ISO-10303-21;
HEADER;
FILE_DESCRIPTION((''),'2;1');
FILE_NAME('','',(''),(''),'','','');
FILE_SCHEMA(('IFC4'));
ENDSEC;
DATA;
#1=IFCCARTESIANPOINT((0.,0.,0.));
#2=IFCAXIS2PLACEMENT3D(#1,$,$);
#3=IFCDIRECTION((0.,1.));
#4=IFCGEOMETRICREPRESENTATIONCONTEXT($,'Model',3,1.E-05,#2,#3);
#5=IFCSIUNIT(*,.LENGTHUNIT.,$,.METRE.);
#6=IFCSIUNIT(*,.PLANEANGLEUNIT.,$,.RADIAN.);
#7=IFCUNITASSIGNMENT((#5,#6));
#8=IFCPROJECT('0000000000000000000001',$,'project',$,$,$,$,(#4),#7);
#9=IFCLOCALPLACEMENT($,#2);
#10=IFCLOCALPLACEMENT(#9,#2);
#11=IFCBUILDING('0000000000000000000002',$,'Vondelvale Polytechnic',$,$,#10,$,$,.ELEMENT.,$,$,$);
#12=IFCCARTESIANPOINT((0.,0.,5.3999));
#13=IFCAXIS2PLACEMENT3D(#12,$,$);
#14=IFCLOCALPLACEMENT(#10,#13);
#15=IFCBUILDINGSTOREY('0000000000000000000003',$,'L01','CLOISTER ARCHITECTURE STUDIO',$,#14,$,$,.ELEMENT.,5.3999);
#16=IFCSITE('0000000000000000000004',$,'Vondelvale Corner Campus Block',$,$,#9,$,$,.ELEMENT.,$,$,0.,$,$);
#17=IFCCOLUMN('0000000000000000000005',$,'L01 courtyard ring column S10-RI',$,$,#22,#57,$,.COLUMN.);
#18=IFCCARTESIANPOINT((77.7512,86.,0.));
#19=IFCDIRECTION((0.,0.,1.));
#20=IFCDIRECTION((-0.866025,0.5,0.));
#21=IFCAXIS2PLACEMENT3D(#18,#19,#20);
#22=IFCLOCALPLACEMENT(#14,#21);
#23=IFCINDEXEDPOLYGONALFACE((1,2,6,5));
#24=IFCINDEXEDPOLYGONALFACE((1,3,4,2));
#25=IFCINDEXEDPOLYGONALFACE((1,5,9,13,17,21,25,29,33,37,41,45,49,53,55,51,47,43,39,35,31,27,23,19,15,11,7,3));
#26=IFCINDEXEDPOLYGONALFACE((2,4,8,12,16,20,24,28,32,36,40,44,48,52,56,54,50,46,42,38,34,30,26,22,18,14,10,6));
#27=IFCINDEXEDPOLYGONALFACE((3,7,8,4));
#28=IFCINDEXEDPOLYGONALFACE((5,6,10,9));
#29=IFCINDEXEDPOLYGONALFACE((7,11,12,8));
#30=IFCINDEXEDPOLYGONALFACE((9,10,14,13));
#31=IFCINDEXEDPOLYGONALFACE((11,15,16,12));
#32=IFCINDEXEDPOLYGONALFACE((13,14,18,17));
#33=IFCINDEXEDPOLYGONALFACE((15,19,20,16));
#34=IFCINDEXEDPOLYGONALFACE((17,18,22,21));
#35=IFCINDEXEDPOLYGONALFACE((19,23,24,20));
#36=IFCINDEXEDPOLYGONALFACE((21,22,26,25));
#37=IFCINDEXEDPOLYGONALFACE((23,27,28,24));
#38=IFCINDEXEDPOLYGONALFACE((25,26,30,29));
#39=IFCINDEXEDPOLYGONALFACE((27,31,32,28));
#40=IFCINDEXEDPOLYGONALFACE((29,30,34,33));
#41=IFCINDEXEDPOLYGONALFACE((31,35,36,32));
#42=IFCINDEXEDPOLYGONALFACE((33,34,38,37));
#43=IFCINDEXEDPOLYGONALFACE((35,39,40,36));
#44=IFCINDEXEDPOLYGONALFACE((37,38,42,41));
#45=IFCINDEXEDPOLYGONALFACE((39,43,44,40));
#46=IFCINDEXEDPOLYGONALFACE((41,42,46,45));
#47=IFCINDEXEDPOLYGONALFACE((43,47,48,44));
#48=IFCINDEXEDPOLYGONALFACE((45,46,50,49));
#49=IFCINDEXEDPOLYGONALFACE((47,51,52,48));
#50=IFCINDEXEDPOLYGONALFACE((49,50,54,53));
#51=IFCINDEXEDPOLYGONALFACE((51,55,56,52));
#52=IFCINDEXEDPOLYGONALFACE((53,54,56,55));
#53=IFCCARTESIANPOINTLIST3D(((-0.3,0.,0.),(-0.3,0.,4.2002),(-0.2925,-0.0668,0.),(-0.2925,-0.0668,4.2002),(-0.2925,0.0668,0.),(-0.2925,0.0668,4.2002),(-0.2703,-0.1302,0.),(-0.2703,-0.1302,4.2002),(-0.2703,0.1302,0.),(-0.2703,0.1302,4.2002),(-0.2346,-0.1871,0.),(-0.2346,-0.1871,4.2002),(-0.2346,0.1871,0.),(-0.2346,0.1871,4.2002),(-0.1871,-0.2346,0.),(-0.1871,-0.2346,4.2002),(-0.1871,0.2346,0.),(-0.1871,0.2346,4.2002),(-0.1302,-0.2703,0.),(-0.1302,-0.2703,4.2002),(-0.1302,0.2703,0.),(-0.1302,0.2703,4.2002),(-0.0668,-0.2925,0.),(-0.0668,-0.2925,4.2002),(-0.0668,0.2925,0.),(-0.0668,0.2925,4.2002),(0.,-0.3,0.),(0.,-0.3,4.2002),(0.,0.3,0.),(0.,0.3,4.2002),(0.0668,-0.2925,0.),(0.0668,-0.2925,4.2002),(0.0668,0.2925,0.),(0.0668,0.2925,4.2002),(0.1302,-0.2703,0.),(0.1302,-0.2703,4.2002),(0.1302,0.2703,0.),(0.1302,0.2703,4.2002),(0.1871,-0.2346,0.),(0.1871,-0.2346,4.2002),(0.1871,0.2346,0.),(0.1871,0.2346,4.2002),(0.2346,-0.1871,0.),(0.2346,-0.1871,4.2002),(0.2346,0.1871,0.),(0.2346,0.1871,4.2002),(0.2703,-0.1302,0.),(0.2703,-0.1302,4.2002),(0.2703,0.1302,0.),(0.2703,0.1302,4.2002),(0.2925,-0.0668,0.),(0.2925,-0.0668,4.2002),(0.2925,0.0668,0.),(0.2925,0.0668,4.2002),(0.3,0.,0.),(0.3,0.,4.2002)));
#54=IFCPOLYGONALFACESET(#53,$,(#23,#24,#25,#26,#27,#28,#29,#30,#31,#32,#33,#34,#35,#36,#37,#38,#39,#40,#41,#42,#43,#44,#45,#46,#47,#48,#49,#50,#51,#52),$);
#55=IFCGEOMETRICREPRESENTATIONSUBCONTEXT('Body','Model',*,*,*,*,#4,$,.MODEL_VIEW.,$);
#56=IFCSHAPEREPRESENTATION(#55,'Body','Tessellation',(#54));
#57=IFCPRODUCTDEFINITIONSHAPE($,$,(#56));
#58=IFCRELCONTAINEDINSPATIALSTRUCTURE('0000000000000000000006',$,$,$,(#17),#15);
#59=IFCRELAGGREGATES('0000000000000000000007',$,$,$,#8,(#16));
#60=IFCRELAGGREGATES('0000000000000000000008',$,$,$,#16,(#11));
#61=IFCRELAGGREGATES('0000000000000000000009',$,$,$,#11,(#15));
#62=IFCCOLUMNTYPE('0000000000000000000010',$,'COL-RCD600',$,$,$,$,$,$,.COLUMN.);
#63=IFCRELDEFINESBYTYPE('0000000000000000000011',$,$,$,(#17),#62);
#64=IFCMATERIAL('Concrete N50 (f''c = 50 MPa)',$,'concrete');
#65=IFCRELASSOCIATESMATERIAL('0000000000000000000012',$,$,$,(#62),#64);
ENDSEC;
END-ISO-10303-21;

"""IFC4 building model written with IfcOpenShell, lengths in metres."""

from ifc_helpers import new_model, si_unit, direction, frame, origin, origin_2d, place, context, subcontext, project, spatial, circle, extrude, material, material_profile, profile_set, type_object, element, save


model = new_model("IFC4")

# Units and contexts
model_context = context("Model", 3, precision=1e-05, world=origin(), true_north=direction((0.0, 1.0)))
body_context = subcontext(model_context, "Body", "Model", "MODEL_VIEW")
ifc_project = project(units=[si_unit("LENGTHUNIT", "METRE"), si_unit("PLANEANGLEUNIT", "RADIAN")], contexts=[model_context])

# Site, building, storey
site_placement = place(None, origin())
site = spatial("IfcSite", under=ifc_project, at=site_placement, Name="Vondelvale Corner Campus Block", CompositionType="ELEMENT", RefElevation=0.0)
building_placement = place(site_placement, origin())
building = spatial("IfcBuilding", under=site, at=building_placement, Name="Vondelvale Polytechnic", CompositionType="ELEMENT")
storey_placement = place(building_placement, frame((0.0, 0.0, 5.3999)))
storey = spatial("IfcBuildingStorey", under=building, at=storey_placement, Name="L01", Description="CLOISTER ARCHITECTURE STUDIO", CompositionType="ELEMENT", Elevation=5.3999)

# Column
ifc_material_1 = material(Name="Concrete N50 (f'c = 50 MPa)", Category="concrete")
ifc_material_profile_1 = material_profile(ifc_material_1, circle(Radius=0.3, at=origin_2d()), Name="RC-COL-D600")
ifc_profile_set_1 = profile_set([ifc_material_profile_1], Name="Concrete N50 (f'c = 50 MPa)")
column_type = type_object("IfcColumnType", Name="COL-RCD600", PredefinedType="COLUMN", material=ifc_profile_set_1)
column_placement = place(storey_placement, frame((77.7512, 86.0, 0.0), z_axis=(0.0, 0.0, 1.0), x_axis=(-0.866025, 0.5, 0.0)))
element("IfcColumn", 1, at=column_placement, inside=storey, type_object=column_type, Name="L01 courtyard ring column S10-RI", PredefinedType="COLUMN", context=body_context, shape_type="SweptSolid", body=[
    extrude(circle(Radius=0.3, at=origin_2d()), origin(), (0.0, 0.0, 1.0), 4.2002),
])

save(model, "model.ifc")
